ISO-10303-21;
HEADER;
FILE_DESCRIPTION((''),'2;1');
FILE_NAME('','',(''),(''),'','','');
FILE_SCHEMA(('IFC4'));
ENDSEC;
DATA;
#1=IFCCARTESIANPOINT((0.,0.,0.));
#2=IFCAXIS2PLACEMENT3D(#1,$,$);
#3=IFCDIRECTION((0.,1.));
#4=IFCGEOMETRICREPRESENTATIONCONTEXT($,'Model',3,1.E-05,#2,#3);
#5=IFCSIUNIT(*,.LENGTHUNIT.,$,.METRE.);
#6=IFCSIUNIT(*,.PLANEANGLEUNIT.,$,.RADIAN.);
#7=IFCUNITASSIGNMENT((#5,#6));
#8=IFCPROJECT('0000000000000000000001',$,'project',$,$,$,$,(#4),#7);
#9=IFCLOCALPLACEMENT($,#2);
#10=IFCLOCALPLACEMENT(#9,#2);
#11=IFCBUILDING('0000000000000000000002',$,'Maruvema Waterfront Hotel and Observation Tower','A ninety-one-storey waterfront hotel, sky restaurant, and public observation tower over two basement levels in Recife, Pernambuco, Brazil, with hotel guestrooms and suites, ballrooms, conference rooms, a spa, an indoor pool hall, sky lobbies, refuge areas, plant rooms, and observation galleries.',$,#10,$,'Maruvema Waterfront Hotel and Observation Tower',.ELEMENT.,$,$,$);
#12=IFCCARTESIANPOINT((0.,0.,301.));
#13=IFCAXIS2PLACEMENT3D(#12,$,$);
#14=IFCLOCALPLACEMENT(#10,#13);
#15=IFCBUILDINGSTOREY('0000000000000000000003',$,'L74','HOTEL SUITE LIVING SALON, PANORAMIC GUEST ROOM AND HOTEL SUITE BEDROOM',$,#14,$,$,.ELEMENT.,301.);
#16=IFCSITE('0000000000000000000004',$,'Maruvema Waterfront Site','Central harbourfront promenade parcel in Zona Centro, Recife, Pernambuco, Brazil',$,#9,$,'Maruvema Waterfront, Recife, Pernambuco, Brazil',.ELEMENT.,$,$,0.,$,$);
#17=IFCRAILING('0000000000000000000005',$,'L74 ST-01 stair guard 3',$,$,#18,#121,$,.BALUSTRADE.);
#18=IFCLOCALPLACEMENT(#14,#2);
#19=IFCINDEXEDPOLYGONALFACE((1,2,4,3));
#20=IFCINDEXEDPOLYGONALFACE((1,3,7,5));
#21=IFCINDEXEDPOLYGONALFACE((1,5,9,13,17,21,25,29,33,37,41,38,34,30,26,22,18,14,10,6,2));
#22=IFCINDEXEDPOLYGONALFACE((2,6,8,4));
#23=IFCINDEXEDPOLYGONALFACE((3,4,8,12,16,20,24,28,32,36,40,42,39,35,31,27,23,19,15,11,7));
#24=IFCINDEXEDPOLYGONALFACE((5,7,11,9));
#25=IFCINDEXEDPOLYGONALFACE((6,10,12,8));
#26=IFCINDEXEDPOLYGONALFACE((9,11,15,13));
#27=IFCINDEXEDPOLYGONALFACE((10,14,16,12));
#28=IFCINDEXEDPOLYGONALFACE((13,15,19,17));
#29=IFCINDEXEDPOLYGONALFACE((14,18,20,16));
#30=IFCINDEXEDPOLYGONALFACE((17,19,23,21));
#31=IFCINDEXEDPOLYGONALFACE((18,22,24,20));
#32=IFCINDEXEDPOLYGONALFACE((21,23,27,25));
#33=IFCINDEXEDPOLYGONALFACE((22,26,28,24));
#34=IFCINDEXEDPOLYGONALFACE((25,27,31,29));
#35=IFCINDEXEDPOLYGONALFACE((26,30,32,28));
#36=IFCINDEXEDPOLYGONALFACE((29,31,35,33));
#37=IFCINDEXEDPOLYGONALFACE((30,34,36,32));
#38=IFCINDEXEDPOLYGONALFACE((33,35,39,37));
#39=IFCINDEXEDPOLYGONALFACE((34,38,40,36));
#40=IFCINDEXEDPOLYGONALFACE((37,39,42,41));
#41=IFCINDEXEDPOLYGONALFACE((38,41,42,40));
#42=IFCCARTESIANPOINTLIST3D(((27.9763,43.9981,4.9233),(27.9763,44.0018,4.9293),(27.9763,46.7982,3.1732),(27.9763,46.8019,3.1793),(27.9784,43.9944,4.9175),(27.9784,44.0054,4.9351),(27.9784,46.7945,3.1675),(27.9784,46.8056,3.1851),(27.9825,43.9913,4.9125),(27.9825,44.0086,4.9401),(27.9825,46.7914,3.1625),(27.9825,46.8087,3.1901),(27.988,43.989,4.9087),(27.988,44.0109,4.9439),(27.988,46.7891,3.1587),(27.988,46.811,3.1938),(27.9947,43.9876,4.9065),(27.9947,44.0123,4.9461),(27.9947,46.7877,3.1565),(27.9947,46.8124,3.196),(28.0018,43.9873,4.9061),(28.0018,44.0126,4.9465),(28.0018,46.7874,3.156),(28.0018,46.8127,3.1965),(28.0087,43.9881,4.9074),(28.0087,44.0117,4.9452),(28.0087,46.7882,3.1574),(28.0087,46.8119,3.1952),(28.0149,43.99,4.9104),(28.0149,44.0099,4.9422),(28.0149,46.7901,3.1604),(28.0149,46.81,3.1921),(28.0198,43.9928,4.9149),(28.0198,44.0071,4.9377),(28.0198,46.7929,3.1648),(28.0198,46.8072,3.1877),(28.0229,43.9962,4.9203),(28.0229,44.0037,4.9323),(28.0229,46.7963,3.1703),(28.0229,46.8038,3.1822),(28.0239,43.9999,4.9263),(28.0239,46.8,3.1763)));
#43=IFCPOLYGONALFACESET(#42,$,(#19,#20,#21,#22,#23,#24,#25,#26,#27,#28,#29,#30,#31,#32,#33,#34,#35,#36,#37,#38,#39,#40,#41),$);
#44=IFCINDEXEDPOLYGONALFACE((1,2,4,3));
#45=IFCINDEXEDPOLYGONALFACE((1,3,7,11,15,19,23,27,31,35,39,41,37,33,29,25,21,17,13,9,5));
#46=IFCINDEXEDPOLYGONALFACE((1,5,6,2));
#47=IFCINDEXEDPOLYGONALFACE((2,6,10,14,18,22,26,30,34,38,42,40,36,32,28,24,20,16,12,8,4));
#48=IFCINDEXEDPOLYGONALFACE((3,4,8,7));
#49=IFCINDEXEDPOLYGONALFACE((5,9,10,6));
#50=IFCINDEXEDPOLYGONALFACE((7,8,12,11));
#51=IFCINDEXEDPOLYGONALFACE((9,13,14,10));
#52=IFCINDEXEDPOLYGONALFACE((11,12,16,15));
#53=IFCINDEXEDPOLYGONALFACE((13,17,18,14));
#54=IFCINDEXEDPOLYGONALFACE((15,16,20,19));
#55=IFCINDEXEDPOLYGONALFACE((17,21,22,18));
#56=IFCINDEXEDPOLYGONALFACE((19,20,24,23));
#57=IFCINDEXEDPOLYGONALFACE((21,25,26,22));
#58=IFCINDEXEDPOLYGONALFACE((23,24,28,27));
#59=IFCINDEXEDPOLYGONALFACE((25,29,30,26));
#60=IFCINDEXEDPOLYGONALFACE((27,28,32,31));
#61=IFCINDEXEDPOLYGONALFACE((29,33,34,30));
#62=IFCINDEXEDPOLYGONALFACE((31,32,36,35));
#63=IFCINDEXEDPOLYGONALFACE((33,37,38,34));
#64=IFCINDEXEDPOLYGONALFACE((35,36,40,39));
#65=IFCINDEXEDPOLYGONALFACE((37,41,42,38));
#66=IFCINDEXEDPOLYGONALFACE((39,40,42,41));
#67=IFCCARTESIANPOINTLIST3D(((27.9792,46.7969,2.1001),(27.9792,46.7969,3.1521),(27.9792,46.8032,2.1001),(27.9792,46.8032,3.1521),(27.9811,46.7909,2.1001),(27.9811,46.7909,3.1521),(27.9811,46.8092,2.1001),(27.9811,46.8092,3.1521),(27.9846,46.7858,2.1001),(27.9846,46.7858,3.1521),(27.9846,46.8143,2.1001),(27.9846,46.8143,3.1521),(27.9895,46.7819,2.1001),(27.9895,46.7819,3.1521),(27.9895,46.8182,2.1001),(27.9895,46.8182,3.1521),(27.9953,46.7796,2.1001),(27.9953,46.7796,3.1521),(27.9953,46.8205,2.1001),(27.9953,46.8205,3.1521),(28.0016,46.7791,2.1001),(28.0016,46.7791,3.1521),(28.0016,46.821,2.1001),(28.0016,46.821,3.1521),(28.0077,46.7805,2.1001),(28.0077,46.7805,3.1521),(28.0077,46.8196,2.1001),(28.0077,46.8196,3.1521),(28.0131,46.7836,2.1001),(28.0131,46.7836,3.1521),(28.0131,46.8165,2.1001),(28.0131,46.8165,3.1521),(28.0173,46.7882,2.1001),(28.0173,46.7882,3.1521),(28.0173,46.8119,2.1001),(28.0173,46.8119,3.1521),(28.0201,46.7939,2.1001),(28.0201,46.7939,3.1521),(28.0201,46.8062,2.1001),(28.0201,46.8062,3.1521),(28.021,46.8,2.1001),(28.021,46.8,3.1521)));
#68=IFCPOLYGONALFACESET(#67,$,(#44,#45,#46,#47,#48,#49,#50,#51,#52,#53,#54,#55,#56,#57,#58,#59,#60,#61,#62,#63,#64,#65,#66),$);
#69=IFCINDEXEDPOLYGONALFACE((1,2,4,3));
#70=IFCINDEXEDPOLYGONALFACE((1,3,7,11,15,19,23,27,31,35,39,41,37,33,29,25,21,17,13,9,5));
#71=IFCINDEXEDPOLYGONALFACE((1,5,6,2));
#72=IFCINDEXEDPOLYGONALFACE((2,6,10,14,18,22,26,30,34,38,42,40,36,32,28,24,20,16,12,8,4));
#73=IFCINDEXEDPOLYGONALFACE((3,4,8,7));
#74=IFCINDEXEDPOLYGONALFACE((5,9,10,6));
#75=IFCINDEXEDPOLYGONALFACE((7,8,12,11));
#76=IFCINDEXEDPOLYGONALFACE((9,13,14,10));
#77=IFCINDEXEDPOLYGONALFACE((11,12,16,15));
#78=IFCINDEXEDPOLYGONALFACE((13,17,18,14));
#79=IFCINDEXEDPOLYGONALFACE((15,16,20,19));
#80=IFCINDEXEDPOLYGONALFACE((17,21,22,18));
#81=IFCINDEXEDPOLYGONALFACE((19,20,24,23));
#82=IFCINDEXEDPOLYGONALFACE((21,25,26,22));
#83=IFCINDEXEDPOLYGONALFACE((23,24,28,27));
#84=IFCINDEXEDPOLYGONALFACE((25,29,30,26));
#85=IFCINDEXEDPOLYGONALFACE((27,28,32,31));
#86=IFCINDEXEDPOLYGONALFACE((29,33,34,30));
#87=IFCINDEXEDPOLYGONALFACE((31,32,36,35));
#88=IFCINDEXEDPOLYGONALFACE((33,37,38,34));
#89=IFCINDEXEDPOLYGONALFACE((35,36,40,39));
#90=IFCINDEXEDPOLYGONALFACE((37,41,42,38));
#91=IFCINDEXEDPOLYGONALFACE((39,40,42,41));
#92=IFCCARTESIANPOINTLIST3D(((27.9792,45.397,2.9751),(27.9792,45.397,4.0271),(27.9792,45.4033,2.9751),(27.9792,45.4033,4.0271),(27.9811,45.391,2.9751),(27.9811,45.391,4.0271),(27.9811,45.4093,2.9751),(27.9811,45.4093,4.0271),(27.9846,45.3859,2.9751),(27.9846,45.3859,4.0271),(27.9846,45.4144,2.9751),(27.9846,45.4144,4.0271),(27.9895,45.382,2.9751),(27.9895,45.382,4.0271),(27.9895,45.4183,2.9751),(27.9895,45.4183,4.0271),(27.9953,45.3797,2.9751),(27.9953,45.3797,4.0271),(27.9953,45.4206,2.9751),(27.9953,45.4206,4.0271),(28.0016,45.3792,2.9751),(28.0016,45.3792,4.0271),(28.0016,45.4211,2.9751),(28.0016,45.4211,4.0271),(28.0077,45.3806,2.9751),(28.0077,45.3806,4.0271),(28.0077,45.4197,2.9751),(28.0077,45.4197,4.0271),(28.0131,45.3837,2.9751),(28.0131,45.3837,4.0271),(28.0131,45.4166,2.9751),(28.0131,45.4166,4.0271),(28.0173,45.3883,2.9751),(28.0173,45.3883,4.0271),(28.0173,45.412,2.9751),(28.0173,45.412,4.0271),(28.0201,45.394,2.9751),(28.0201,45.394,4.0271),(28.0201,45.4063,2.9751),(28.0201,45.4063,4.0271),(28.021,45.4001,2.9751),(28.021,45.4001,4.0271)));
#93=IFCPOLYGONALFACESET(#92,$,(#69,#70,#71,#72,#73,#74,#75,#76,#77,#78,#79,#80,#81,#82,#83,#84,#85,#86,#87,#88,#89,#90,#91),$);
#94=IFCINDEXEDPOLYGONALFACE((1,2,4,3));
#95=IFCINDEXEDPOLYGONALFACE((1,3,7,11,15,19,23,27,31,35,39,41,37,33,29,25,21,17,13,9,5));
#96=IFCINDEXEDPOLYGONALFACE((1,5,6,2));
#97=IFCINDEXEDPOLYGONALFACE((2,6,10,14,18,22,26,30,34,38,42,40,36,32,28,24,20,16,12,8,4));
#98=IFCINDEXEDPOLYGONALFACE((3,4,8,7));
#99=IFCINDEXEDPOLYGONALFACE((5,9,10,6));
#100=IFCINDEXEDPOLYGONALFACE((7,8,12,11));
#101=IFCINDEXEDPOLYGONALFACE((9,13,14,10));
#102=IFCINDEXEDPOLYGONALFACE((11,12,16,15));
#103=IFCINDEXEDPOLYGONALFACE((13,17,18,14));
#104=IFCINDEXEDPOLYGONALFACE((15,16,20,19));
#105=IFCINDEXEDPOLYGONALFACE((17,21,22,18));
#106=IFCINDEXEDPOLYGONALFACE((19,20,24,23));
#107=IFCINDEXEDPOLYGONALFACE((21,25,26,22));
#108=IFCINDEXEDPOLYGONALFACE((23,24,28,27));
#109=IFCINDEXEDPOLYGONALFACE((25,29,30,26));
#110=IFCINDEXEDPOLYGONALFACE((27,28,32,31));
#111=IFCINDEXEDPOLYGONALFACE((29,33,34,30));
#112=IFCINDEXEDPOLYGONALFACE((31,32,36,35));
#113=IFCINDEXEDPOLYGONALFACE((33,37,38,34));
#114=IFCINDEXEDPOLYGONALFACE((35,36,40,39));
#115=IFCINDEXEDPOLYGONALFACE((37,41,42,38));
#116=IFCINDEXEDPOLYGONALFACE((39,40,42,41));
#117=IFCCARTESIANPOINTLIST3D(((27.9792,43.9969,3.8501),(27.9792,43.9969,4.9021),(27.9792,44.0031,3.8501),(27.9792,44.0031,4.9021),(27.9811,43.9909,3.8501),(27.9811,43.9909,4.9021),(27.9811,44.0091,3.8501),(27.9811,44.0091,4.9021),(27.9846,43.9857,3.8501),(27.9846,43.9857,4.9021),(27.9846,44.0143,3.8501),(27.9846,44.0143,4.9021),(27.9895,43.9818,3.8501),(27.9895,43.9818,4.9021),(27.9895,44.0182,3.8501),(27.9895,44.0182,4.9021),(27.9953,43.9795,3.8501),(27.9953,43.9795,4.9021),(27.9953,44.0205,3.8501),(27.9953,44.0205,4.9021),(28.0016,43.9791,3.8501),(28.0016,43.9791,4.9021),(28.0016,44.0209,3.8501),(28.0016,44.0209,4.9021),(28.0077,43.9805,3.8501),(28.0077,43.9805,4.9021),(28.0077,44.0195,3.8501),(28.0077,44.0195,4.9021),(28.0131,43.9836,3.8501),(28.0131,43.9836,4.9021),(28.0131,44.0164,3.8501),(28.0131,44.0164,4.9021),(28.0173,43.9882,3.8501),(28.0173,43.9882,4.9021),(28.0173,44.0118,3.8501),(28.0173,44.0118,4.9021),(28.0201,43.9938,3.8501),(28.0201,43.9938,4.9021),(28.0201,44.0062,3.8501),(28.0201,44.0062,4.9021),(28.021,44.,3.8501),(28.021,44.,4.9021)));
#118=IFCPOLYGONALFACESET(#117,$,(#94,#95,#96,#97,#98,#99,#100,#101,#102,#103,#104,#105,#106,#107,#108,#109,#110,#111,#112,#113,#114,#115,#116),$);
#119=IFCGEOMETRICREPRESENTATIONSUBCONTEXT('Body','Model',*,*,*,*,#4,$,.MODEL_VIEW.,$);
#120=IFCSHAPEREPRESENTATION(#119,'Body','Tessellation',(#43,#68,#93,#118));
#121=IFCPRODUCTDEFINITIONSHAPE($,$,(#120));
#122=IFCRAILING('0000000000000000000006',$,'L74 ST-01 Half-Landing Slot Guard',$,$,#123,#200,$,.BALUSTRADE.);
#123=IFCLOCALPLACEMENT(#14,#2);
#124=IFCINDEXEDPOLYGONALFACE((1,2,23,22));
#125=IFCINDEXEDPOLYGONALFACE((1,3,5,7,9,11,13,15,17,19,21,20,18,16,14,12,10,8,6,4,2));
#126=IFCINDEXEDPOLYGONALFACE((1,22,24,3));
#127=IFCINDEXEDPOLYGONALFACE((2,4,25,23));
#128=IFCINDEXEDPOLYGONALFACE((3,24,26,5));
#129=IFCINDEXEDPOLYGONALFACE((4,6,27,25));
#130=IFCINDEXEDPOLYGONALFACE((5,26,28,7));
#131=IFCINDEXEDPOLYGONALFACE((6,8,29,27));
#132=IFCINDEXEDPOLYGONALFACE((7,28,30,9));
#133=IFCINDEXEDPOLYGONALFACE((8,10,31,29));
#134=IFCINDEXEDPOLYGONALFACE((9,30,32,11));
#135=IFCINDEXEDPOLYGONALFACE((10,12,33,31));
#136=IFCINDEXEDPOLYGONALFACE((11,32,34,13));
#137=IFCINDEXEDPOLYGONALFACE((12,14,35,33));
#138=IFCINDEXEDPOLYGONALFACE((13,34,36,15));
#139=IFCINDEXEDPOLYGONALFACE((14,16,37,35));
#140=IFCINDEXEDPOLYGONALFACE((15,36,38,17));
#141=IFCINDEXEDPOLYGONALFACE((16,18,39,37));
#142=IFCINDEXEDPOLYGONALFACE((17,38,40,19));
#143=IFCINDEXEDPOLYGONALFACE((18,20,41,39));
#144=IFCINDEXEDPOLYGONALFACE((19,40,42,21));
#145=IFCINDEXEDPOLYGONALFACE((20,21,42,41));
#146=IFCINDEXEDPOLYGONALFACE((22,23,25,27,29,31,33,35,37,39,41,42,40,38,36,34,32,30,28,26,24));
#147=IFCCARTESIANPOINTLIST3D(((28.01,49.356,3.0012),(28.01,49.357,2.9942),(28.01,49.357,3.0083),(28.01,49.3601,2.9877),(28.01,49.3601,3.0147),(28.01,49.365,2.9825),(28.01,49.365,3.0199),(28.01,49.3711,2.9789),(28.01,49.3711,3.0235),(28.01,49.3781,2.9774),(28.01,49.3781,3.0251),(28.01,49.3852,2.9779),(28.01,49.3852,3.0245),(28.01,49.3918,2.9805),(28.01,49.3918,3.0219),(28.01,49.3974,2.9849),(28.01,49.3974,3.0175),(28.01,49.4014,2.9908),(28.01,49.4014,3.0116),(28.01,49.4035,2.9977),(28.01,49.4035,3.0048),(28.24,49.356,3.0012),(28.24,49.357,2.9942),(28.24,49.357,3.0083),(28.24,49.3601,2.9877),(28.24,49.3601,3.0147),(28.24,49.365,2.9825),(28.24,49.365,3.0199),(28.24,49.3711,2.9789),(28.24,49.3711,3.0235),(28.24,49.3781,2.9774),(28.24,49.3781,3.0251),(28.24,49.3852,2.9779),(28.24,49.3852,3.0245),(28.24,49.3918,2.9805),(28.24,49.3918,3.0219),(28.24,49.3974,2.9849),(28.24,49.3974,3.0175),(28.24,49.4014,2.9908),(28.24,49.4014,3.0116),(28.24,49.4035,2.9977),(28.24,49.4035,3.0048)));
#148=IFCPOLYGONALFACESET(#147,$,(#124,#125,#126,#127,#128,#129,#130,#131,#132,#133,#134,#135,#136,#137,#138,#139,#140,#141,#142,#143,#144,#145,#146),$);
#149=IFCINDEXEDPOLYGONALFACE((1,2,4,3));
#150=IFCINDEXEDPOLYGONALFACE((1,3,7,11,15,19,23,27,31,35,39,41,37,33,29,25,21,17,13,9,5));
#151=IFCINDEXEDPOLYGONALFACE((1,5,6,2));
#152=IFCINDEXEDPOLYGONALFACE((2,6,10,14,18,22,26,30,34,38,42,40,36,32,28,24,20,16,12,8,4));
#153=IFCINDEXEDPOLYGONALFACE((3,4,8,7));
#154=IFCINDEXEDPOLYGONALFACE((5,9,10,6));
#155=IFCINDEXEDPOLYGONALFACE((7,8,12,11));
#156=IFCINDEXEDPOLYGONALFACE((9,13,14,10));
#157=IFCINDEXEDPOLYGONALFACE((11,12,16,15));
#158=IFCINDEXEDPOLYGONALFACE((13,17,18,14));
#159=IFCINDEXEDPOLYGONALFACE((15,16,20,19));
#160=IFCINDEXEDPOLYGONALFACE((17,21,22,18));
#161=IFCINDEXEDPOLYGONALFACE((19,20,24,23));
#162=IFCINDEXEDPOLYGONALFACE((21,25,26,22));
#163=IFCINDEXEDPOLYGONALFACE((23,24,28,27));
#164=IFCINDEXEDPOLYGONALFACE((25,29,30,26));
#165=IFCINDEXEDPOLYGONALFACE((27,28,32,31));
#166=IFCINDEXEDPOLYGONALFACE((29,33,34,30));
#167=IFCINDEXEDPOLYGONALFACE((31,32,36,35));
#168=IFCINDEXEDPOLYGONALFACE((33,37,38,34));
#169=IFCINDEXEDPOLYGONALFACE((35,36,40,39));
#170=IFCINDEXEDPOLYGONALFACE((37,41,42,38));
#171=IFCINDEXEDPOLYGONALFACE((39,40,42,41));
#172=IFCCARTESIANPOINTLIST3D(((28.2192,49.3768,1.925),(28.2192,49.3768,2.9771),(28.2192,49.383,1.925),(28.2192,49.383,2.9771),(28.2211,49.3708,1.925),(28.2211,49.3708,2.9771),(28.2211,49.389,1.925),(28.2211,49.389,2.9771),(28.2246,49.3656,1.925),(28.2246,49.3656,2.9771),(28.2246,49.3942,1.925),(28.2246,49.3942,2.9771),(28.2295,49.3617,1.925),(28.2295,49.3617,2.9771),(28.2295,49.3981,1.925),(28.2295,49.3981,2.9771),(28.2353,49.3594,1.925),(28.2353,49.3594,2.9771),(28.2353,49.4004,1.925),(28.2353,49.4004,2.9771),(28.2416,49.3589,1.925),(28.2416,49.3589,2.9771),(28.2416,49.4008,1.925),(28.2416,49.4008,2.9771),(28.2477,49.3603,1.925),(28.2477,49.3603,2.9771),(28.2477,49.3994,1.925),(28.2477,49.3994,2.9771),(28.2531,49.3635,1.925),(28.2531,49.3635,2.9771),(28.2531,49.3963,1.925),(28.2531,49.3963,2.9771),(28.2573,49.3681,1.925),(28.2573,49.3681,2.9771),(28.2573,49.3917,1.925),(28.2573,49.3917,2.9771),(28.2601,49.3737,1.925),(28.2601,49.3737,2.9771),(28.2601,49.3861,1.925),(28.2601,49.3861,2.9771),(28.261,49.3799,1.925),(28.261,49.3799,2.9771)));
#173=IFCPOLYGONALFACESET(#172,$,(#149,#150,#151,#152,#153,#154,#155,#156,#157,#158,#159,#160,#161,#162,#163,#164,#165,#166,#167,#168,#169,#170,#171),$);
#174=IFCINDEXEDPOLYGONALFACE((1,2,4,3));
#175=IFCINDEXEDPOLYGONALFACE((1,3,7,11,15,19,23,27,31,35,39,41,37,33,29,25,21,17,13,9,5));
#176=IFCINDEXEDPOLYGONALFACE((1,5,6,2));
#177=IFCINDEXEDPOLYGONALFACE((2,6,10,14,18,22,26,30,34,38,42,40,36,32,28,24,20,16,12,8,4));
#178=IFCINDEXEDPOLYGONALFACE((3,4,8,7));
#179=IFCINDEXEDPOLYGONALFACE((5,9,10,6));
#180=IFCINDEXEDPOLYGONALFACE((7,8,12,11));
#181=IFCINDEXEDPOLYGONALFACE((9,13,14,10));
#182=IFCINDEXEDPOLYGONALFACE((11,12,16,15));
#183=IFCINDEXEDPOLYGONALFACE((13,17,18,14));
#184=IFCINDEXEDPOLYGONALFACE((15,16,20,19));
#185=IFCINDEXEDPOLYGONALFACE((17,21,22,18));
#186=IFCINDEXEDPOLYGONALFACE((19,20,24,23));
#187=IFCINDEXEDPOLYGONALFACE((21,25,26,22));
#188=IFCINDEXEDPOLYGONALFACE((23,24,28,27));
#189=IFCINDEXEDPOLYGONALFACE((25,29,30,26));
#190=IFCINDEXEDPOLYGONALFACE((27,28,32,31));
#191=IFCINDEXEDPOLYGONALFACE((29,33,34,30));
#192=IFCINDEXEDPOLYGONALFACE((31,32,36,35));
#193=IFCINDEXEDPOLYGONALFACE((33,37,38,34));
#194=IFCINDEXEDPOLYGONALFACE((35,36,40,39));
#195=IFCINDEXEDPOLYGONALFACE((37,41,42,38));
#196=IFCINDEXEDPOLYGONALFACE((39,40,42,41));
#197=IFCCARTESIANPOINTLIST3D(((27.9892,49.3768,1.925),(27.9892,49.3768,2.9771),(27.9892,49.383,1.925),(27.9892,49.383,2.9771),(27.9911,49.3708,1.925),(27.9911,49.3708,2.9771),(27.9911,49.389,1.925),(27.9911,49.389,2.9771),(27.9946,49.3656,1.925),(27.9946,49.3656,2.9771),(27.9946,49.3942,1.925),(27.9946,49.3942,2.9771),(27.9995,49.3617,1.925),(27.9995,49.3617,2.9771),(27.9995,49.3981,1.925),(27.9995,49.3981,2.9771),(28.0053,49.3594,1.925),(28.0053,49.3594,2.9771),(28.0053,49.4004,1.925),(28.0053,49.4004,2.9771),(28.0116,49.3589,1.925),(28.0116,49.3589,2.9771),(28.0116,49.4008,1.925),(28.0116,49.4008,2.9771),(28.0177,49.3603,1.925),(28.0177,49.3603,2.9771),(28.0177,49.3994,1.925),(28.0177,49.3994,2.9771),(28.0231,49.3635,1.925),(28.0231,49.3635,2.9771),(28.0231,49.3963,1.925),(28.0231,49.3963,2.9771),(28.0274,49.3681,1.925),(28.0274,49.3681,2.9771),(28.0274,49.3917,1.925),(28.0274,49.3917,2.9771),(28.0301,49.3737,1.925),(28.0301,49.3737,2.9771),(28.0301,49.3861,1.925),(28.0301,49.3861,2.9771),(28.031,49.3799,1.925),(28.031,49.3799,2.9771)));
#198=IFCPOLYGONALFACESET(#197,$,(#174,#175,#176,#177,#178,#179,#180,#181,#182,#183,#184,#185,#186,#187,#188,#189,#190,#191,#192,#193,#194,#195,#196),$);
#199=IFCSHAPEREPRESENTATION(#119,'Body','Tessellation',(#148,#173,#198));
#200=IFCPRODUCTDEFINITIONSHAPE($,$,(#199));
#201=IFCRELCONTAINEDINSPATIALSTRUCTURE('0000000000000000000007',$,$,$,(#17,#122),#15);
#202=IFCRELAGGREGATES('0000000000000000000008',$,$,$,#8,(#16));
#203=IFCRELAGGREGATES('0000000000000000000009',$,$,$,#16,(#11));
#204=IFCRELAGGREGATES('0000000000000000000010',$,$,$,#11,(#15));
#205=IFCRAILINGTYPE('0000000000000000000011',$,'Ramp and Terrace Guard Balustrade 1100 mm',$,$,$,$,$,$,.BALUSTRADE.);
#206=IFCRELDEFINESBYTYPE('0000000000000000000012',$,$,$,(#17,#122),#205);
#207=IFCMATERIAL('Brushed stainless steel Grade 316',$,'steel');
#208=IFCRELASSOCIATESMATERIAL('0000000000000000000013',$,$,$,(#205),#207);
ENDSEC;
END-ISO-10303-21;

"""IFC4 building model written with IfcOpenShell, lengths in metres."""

from ifc_helpers import new_model, si_unit, direction, frame, origin, origin_2d, place, context, subcontext, project, spatial, circle, extrude, material, type_object, element, save


model = new_model("IFC4")

# Units and contexts
model_context = context("Model", 3, precision=1e-05, world=origin(), true_north=direction((0.0, 1.0)))
body_context = subcontext(model_context, "Body", "Model", "MODEL_VIEW")
ifc_project = project(units=[si_unit("LENGTHUNIT", "METRE"), si_unit("PLANEANGLEUNIT", "RADIAN")], contexts=[model_context])

# Site, building, storey
site_placement = place(None, origin())
site = spatial("IfcSite", under=ifc_project, at=site_placement, Name="Maruvema Waterfront Site", Description="Central harbourfront promenade parcel in Zona Centro, Recife, Pernambuco, Brazil", LongName="Maruvema Waterfront, Recife, Pernambuco, Brazil", CompositionType="ELEMENT", RefElevation=0.0)
building_placement = place(site_placement, origin())
building = spatial("IfcBuilding", under=site, at=building_placement, Name="Maruvema Waterfront Hotel and Observation Tower", Description="A ninety-one-storey waterfront hotel, sky restaurant, and public observation tower over two basement levels in Recife, Pernambuco, Brazil, with hotel guestrooms and suites, ballrooms, conference rooms, a spa, an indoor pool hall, sky lobbies, refuge areas, plant rooms, and observation galleries.", LongName="Maruvema Waterfront Hotel and Observation Tower", CompositionType="ELEMENT")
storey_placement = place(building_placement, frame((0.0, 0.0, 301.0)))
storey = spatial("IfcBuildingStorey", under=building, at=storey_placement, Name="L74", Description="HOTEL SUITE LIVING SALON, PANORAMIC GUEST ROOM AND HOTEL SUITE BEDROOM", CompositionType="ELEMENT", Elevation=301.0)

# Railings
ifc_material_1 = material(Name="Brushed stainless steel Grade 316", Category="steel")
railing_type_1 = type_object("IfcRailingType", Name="Ramp and Terrace Guard Balustrade 1100 mm", PredefinedType="BALUSTRADE", material=ifc_material_1)
railing_1_placement = place(storey_placement, frame((28.0, 46.8, 2.1001)))
element("IfcRailing", 1, at=railing_1_placement, inside=storey, type_object=railing_type_1, Name="L74 ST-01 stair guard 3", PredefinedType="BALUSTRADE", context=body_context, shape_type="SweptSolid", body=[
    extrude(circle(Radius=0.0239, at=origin_2d()), frame((0.0, 0.0, 1.0762), z_axis=(0.0, -0.848002, 0.529992), x_axis=(1.0, 0.0, 0.0)), (0.0, 0.0, 1.0), 3.302),
    extrude(circle(Radius=0.021, at=origin_2d()), origin(), (0.0, 0.0, 1.0), 1.052),
    extrude(circle(Radius=0.021, at=origin_2d()), frame((0.0, -1.3999, 0.875)), (0.0, 0.0, 1.0), 1.052),
    extrude(circle(Radius=0.021, at=origin_2d()), frame((0.0, -2.8, 1.75)), (0.0, 0.0, 1.0), 1.052),
])
railing_2_placement = place(storey_placement, frame((28.24, 49.3799, 1.925)))
element("IfcRailing", 2, at=railing_2_placement, inside=storey, type_object=railing_type_1, Name="L74 ST-01 Half-Landing Slot Guard", PredefinedType="BALUSTRADE", context=body_context, shape_type="SweptSolid", body=[
    extrude(circle(Radius=0.0239, at=origin_2d()), frame((0.0, 0.0, 1.0762), z_axis=(-1.0, 0.0, 0.0), x_axis=(0.0, -1.0, 0.0)), (0.0, 0.0, 1.0), 0.23),
    extrude(circle(Radius=0.021, at=origin_2d()), origin(), (0.0, 0.0, 1.0), 1.052),
    extrude(circle(Radius=0.021, at=origin_2d()), frame((-0.23, 0.0, 0.0)), (0.0, 0.0, 1.0), 1.052),
])

save(model, "model.ifc")
